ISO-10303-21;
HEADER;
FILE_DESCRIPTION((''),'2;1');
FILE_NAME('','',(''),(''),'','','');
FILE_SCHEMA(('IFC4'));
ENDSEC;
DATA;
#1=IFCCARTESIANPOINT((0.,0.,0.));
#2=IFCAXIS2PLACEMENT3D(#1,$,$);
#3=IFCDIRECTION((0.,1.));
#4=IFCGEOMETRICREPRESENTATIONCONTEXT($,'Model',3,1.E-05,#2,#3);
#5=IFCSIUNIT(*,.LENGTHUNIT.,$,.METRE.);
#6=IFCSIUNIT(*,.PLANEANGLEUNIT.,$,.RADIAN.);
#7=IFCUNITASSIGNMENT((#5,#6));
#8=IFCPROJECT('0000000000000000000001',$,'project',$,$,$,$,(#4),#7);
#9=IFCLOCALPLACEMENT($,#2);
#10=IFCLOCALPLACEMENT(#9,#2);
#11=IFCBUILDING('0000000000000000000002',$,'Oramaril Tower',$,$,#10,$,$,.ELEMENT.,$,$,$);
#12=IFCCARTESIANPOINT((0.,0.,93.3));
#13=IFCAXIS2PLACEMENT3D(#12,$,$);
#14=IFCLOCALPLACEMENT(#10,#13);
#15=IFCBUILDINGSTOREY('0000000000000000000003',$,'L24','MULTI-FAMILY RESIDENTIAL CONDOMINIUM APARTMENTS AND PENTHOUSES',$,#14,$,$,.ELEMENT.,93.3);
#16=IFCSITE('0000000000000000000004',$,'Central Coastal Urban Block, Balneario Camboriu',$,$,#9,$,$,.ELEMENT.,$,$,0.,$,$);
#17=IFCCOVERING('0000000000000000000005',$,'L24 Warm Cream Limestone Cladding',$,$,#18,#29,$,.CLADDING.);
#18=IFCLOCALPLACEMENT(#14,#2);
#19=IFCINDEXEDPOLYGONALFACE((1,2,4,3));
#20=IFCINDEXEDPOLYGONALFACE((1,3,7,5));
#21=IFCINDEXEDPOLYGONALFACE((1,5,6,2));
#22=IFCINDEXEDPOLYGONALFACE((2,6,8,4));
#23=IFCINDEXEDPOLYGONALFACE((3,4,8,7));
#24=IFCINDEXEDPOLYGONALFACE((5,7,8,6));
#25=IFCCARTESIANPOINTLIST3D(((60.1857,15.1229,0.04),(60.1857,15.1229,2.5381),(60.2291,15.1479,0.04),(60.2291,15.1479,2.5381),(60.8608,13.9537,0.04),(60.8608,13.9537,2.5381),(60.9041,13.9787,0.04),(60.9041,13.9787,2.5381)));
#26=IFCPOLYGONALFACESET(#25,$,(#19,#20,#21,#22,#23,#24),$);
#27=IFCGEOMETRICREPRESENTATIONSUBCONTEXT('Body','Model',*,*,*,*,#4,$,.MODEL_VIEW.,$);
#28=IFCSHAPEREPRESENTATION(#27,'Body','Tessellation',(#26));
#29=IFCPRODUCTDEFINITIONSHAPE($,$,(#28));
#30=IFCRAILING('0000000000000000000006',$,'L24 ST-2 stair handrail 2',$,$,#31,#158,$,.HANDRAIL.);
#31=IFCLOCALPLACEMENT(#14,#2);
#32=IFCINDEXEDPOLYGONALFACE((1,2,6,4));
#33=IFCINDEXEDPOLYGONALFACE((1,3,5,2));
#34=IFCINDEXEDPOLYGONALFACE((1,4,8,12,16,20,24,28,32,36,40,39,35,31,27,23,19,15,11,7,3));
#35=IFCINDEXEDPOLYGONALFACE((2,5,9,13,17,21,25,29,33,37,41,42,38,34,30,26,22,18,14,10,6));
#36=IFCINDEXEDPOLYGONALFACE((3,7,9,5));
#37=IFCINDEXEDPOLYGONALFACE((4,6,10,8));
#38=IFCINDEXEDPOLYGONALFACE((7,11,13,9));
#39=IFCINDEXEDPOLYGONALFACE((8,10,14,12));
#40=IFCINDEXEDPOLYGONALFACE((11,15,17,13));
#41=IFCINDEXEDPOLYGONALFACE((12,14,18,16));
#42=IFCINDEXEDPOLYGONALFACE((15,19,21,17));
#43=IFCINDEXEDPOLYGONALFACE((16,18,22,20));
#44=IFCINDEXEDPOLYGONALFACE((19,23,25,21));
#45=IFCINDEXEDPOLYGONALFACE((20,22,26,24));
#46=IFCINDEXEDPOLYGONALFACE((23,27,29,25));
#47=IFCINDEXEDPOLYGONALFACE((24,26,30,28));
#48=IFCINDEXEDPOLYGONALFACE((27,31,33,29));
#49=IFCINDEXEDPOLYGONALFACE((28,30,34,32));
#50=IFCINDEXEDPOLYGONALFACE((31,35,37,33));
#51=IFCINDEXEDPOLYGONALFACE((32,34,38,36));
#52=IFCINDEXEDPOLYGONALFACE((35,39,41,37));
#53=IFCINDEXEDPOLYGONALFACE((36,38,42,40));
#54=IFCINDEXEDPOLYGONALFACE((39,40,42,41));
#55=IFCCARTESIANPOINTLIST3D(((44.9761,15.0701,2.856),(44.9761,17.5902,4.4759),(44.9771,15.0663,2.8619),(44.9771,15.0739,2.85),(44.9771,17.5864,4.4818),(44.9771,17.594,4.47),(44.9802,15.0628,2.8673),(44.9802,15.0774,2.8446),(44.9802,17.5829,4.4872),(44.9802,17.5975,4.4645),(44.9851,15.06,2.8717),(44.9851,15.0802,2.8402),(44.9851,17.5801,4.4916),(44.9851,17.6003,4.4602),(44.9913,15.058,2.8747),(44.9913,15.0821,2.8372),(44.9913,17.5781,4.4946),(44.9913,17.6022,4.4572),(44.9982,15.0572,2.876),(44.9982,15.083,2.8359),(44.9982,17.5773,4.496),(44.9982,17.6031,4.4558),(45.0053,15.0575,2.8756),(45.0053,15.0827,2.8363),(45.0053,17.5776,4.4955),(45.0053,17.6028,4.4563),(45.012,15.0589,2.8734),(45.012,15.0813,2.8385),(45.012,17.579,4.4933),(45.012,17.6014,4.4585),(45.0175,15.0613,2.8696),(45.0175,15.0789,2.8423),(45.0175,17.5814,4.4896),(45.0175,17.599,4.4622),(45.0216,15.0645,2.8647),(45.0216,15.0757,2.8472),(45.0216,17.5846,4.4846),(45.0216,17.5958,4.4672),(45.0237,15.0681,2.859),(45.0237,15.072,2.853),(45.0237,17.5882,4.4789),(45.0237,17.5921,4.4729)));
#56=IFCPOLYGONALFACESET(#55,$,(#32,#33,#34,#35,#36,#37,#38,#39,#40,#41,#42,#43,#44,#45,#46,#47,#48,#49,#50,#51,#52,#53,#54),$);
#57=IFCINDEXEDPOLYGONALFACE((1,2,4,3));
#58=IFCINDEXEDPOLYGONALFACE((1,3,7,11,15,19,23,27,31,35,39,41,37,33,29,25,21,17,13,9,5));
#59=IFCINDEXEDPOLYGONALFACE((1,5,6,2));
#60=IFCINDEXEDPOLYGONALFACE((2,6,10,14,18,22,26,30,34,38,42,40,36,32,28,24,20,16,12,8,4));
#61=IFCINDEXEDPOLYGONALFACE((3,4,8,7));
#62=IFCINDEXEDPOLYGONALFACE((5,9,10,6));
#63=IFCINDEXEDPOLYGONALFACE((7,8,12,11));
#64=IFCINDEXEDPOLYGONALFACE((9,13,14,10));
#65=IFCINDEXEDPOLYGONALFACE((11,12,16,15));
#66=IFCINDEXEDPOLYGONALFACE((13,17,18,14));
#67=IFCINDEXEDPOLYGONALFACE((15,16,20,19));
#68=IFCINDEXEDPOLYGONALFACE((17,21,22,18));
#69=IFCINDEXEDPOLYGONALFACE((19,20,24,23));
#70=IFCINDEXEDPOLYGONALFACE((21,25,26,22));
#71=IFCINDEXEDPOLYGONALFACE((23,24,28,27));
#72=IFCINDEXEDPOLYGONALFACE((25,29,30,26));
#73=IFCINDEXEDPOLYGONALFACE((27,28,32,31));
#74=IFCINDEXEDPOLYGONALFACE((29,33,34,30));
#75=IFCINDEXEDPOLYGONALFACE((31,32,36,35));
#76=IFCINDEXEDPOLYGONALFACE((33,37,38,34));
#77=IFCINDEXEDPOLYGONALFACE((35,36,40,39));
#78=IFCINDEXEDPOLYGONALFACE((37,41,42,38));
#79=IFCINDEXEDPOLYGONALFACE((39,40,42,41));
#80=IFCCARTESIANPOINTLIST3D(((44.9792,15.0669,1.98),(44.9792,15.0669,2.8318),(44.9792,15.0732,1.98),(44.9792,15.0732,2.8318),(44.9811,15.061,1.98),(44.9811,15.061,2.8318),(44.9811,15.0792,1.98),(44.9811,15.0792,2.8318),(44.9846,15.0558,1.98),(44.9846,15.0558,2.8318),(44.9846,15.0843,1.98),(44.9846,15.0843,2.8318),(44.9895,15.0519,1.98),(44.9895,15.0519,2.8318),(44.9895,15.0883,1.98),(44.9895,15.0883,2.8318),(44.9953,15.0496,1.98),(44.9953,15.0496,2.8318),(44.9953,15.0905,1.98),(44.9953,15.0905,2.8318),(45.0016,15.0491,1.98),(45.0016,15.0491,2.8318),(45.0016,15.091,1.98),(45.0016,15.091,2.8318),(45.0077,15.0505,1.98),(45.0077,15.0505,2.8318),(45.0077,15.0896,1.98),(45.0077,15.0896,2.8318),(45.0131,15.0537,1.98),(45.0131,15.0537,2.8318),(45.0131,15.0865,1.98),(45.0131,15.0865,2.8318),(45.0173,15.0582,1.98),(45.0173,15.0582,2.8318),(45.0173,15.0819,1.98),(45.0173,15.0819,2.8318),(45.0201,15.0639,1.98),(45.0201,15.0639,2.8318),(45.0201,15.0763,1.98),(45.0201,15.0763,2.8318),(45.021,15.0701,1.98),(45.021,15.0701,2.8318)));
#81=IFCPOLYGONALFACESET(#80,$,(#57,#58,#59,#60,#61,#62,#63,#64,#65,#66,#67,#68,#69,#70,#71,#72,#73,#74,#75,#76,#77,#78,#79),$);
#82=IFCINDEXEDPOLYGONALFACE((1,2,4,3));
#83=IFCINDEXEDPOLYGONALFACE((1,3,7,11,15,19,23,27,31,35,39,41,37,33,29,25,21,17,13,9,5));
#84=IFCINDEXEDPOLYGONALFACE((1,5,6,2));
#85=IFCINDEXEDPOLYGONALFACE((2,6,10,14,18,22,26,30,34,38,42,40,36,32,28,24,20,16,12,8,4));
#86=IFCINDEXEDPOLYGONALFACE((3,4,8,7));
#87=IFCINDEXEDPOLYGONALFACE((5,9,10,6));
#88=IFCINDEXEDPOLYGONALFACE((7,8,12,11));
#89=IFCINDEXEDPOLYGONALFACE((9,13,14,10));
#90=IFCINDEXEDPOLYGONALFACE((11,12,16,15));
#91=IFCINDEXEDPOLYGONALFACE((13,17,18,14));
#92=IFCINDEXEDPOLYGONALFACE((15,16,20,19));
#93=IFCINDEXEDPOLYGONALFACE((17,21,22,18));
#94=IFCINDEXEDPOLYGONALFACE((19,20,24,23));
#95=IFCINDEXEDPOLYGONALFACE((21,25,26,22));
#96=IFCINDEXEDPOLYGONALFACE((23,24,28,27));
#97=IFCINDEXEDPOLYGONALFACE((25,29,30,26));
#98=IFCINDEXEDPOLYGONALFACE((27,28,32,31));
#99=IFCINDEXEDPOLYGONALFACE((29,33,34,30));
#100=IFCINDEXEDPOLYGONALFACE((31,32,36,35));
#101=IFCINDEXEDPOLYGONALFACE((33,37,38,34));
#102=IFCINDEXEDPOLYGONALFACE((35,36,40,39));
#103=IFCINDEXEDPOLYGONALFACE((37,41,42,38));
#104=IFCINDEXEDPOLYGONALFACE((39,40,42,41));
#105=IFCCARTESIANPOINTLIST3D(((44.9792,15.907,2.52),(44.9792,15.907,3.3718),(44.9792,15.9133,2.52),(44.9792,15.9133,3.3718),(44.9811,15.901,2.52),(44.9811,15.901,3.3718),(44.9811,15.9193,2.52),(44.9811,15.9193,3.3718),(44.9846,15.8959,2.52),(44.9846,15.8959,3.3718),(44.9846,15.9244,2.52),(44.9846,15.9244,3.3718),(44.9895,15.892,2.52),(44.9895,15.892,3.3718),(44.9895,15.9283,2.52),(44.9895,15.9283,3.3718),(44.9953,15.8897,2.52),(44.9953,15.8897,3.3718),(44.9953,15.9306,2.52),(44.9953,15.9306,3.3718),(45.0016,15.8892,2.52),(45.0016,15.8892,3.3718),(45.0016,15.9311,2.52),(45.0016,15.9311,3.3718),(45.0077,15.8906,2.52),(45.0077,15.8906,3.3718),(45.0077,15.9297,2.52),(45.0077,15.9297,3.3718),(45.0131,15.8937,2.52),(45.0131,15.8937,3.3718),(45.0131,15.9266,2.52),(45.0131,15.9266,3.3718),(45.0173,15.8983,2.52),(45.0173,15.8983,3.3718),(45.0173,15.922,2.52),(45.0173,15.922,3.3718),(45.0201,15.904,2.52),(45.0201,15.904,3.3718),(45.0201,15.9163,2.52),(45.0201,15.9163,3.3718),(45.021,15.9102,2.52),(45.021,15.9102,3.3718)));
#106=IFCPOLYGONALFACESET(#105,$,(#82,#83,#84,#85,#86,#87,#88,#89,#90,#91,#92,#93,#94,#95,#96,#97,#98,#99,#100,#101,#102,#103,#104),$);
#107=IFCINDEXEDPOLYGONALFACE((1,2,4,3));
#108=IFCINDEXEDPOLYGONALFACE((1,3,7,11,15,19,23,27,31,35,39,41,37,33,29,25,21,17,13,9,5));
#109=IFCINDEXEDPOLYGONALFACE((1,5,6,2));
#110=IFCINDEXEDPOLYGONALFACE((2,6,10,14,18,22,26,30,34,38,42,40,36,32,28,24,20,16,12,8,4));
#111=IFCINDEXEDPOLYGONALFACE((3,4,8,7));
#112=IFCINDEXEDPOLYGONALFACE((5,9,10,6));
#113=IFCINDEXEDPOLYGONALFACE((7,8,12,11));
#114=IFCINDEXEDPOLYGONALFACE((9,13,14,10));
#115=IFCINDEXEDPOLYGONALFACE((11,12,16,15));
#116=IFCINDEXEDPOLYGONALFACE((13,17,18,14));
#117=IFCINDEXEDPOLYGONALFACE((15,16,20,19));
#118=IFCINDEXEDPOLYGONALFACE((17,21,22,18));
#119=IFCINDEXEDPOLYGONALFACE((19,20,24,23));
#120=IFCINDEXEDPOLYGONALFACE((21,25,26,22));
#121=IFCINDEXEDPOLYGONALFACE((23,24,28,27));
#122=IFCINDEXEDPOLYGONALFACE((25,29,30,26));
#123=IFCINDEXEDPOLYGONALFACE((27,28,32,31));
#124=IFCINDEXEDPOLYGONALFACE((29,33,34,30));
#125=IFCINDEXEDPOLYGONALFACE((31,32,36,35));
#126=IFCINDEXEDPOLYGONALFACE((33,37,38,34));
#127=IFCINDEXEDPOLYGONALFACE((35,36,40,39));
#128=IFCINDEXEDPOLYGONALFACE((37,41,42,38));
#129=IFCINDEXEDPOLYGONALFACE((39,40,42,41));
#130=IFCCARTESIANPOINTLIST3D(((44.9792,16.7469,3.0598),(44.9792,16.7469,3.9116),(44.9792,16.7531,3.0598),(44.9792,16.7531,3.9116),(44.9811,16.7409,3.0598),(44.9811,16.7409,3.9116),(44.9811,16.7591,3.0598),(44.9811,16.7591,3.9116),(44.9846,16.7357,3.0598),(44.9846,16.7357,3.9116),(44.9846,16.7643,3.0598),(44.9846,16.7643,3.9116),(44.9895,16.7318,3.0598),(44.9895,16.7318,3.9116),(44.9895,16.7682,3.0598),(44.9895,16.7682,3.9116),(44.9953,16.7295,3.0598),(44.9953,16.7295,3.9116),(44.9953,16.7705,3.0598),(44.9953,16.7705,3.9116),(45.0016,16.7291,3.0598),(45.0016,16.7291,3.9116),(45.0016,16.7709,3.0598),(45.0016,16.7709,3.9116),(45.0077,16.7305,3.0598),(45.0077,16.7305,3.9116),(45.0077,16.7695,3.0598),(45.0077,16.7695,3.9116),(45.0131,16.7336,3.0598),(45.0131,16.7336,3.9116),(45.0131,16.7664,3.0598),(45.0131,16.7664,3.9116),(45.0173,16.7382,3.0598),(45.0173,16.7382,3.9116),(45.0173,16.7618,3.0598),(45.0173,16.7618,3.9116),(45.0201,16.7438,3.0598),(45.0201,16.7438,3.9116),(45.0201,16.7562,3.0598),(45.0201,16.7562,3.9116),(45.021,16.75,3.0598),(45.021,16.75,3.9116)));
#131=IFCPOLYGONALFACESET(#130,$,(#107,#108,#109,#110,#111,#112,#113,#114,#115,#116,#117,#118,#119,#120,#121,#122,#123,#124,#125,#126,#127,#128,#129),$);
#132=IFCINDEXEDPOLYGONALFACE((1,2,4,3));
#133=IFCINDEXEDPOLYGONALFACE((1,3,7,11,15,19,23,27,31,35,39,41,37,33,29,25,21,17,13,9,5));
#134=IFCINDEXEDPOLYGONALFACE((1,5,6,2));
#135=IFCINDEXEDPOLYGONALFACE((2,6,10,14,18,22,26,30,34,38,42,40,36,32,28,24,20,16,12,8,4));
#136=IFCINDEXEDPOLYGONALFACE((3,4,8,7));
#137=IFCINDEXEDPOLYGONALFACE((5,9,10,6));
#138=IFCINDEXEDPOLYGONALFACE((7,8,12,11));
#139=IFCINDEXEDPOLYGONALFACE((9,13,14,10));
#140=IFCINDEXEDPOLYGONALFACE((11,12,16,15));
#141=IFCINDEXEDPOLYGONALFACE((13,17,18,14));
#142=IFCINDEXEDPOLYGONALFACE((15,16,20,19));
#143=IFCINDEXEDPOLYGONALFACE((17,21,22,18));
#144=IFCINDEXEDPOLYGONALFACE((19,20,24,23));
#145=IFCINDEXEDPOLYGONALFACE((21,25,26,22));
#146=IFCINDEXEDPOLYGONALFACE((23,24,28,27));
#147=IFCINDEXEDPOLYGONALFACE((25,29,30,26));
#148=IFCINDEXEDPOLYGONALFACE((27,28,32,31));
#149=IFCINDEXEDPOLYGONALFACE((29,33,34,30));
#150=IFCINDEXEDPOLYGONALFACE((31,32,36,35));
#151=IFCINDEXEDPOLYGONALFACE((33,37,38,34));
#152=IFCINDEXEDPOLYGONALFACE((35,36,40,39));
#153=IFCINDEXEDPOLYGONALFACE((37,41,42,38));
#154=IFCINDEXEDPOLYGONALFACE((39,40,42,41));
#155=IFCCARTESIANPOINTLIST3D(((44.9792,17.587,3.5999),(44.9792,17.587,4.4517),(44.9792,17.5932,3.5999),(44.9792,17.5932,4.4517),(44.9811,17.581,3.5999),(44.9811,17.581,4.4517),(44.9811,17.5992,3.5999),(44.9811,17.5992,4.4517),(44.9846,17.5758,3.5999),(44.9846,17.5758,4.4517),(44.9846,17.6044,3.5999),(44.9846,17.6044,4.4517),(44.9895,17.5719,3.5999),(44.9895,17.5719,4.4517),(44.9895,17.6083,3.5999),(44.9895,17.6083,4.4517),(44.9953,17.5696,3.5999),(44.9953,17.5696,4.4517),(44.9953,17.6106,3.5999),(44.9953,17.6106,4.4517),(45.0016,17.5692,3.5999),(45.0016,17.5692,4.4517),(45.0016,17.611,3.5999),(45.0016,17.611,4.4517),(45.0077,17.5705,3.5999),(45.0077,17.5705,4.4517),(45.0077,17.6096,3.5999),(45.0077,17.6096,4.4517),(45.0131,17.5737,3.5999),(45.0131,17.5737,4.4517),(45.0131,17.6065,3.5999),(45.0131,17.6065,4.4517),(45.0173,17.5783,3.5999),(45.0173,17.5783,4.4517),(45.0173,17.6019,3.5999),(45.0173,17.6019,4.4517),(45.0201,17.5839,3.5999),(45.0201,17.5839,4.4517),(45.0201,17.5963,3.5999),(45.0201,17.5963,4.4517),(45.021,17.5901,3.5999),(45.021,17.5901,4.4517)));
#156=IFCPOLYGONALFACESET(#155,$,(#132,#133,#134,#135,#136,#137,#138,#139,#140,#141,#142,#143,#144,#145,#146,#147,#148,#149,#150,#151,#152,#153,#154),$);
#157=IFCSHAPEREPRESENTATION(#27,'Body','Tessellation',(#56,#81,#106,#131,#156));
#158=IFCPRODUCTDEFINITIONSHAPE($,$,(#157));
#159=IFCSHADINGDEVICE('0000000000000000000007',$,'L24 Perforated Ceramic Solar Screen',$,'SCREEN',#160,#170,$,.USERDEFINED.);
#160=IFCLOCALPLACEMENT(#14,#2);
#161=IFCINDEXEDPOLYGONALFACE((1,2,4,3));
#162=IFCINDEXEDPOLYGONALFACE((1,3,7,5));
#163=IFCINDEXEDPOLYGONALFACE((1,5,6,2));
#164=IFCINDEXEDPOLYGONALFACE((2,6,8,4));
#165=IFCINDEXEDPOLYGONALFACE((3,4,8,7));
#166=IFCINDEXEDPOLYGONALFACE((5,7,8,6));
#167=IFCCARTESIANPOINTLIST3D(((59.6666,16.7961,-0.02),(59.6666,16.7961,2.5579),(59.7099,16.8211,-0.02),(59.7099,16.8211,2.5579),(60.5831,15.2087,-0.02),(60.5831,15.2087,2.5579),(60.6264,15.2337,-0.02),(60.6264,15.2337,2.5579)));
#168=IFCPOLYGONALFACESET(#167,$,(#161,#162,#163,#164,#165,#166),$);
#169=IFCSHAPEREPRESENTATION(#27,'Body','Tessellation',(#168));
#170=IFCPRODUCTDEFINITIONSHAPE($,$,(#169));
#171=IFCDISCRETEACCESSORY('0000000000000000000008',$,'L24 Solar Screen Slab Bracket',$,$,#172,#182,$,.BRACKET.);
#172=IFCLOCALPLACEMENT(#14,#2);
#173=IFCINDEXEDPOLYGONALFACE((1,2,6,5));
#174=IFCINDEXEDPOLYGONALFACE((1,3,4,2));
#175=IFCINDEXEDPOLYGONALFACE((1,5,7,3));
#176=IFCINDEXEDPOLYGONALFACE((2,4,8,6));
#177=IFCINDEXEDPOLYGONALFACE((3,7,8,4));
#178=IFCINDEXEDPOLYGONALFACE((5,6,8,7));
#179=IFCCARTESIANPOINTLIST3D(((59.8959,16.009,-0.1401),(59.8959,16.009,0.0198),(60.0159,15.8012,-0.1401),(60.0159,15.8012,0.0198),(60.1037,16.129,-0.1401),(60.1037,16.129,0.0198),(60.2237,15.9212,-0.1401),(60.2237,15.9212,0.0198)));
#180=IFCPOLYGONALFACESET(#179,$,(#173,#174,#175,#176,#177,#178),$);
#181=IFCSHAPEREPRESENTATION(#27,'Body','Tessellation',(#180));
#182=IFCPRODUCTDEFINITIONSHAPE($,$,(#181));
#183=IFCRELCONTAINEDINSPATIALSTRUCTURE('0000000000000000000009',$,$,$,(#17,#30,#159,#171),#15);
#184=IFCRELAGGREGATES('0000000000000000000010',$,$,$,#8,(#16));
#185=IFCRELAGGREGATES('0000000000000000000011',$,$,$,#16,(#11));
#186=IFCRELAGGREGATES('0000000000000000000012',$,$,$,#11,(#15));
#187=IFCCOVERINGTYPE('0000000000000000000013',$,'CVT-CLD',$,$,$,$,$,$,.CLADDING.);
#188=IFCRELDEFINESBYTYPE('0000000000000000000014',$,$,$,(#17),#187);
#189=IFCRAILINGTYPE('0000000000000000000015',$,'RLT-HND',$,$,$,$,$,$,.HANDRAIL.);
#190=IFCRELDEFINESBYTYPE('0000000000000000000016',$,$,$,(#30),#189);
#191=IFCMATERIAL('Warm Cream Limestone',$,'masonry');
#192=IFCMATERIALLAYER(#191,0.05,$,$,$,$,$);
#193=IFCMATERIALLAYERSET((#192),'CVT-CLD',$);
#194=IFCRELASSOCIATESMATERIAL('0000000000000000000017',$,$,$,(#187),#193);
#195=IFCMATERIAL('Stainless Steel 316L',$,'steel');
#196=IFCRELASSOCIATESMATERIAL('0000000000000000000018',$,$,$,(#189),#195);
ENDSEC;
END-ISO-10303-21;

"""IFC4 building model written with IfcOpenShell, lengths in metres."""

from ifc_helpers import new_model, si_unit, direction, frame, origin, origin_2d, place, context, subcontext, project, spatial, rectangle, circle, extrude, material, layer, layer_set, type_object, element, save


model = new_model("IFC4")

# Units and contexts
model_context = context("Model", 3, precision=1e-05, world=origin(), true_north=direction((0.0, 1.0)))
body_context = subcontext(model_context, "Body", "Model", "MODEL_VIEW")
ifc_project = project(units=[si_unit("LENGTHUNIT", "METRE"), si_unit("PLANEANGLEUNIT", "RADIAN")], contexts=[model_context])

# Site, building, storey
site_placement = place(None, origin())
site = spatial("IfcSite", under=ifc_project, at=site_placement, Name="Central Coastal Urban Block, Balneario Camboriu", CompositionType="ELEMENT", RefElevation=0.0)
building_placement = place(site_placement, origin())
building = spatial("IfcBuilding", under=site, at=building_placement, Name="Oramaril Tower", CompositionType="ELEMENT")
storey_placement = place(building_placement, frame((0.0, 0.0, 93.3)))
storey = spatial("IfcBuildingStorey", under=building, at=storey_placement, Name="L24", Description="MULTI-FAMILY RESIDENTIAL CONDOMINIUM APARTMENTS AND PENTHOUSES", CompositionType="ELEMENT", Elevation=93.3)

# Covering
ifc_material_1 = material(Name="Warm Cream Limestone", Category="masonry")
ifc_layer_1 = layer(ifc_material_1, 0.05)
ifc_layer_set_1 = layer_set([ifc_layer_1], Name="CVT-CLD")
covering_type = type_object("IfcCoveringType", Name="CVT-CLD", PredefinedType="CLADDING", material=ifc_layer_set_1)
covering_placement = place(storey_placement, frame((60.5449, 14.5508, 0.04), z_axis=(0.0, 0.0, 1.0), x_axis=(-0.5, 0.866025, 0.0)))
element("IfcCovering", 1, at=covering_placement, inside=storey, type_object=covering_type, Name="L24 Warm Cream Limestone Cladding", PredefinedType="CLADDING", context=body_context, shape_type="SweptSolid", body=[
    extrude(rectangle(XDim=1.3501, YDim=0.05, at=origin_2d()), origin(), (0.0, 0.0, 1.0), 2.498),
])

# Railing
ifc_material_2 = material(Name="Stainless Steel 316L", Category="steel")
railing_type = type_object("IfcRailingType", Name="RLT-HND", PredefinedType="HANDRAIL", material=ifc_material_2)
railing_placement = place(storey_placement, frame((45.0, 15.0701, 1.98)))
element("IfcRailing", 2, at=railing_placement, inside=storey, type_object=railing_type, Name="L24 ST-2 stair handrail 2", PredefinedType="HANDRAIL", context=body_context, shape_type="SweptSolid", body=[
    extrude(circle(Radius=0.0239, at=origin_2d()), frame((0.0, 0.0, 0.876), z_axis=(0.0, 0.8412, 0.540725), x_axis=(-1.0, 0.0, 0.0)), (0.0, 0.0, 1.0), 2.9958),
    extrude(circle(Radius=0.021, at=origin_2d()), origin(), (0.0, 0.0, 1.0), 0.8518),
    extrude(circle(Radius=0.021, at=origin_2d()), frame((0.0, 0.8401, 0.54)), (0.0, 0.0, 1.0), 0.8518),
    extrude(circle(Radius=0.021, at=origin_2d()), frame((0.0, 1.6799, 1.0798)), (0.0, 0.0, 1.0), 0.8518),
    extrude(circle(Radius=0.021, at=origin_2d()), frame((0.0, 2.52, 1.6199)), (0.0, 0.0, 1.0), 0.8518),
])

# Shading device
shading_device_placement = place(storey_placement, frame((60.1465, 16.0149, -0.02), z_axis=(0.0, 0.0, 1.0), x_axis=(-0.499998, 0.866026, 0.0)))
element("IfcShadingDevice", 3, at=shading_device_placement, inside=storey, Name="L24 Perforated Ceramic Solar Screen", ObjectType="SCREEN", PredefinedType="USERDEFINED", context=body_context, shape_type="SweptSolid", body=[
    extrude(rectangle(XDim=1.833, YDim=0.05, at=origin_2d()), origin(), (0.0, 0.0, 1.0), 2.5779),
])

# Discrete accessory
discrete_accessory_placement = place(storey_placement, frame((60.0598, 15.9651, -0.1401), z_axis=(0.0, 0.0, 1.0), x_axis=(-0.499998, 0.866026, 0.0)))
element("IfcDiscreteAccessory", 4, at=discrete_accessory_placement, inside=storey, Name="L24 Solar Screen Slab Bracket", PredefinedType="BRACKET", context=body_context, shape_type="SweptSolid", body=[
    extrude(rectangle(XDim=0.24, YDim=0.24, at=origin_2d()), origin(), (0.0, 0.0, 1.0), 0.1599),
])

save(model, "model.ifc")
